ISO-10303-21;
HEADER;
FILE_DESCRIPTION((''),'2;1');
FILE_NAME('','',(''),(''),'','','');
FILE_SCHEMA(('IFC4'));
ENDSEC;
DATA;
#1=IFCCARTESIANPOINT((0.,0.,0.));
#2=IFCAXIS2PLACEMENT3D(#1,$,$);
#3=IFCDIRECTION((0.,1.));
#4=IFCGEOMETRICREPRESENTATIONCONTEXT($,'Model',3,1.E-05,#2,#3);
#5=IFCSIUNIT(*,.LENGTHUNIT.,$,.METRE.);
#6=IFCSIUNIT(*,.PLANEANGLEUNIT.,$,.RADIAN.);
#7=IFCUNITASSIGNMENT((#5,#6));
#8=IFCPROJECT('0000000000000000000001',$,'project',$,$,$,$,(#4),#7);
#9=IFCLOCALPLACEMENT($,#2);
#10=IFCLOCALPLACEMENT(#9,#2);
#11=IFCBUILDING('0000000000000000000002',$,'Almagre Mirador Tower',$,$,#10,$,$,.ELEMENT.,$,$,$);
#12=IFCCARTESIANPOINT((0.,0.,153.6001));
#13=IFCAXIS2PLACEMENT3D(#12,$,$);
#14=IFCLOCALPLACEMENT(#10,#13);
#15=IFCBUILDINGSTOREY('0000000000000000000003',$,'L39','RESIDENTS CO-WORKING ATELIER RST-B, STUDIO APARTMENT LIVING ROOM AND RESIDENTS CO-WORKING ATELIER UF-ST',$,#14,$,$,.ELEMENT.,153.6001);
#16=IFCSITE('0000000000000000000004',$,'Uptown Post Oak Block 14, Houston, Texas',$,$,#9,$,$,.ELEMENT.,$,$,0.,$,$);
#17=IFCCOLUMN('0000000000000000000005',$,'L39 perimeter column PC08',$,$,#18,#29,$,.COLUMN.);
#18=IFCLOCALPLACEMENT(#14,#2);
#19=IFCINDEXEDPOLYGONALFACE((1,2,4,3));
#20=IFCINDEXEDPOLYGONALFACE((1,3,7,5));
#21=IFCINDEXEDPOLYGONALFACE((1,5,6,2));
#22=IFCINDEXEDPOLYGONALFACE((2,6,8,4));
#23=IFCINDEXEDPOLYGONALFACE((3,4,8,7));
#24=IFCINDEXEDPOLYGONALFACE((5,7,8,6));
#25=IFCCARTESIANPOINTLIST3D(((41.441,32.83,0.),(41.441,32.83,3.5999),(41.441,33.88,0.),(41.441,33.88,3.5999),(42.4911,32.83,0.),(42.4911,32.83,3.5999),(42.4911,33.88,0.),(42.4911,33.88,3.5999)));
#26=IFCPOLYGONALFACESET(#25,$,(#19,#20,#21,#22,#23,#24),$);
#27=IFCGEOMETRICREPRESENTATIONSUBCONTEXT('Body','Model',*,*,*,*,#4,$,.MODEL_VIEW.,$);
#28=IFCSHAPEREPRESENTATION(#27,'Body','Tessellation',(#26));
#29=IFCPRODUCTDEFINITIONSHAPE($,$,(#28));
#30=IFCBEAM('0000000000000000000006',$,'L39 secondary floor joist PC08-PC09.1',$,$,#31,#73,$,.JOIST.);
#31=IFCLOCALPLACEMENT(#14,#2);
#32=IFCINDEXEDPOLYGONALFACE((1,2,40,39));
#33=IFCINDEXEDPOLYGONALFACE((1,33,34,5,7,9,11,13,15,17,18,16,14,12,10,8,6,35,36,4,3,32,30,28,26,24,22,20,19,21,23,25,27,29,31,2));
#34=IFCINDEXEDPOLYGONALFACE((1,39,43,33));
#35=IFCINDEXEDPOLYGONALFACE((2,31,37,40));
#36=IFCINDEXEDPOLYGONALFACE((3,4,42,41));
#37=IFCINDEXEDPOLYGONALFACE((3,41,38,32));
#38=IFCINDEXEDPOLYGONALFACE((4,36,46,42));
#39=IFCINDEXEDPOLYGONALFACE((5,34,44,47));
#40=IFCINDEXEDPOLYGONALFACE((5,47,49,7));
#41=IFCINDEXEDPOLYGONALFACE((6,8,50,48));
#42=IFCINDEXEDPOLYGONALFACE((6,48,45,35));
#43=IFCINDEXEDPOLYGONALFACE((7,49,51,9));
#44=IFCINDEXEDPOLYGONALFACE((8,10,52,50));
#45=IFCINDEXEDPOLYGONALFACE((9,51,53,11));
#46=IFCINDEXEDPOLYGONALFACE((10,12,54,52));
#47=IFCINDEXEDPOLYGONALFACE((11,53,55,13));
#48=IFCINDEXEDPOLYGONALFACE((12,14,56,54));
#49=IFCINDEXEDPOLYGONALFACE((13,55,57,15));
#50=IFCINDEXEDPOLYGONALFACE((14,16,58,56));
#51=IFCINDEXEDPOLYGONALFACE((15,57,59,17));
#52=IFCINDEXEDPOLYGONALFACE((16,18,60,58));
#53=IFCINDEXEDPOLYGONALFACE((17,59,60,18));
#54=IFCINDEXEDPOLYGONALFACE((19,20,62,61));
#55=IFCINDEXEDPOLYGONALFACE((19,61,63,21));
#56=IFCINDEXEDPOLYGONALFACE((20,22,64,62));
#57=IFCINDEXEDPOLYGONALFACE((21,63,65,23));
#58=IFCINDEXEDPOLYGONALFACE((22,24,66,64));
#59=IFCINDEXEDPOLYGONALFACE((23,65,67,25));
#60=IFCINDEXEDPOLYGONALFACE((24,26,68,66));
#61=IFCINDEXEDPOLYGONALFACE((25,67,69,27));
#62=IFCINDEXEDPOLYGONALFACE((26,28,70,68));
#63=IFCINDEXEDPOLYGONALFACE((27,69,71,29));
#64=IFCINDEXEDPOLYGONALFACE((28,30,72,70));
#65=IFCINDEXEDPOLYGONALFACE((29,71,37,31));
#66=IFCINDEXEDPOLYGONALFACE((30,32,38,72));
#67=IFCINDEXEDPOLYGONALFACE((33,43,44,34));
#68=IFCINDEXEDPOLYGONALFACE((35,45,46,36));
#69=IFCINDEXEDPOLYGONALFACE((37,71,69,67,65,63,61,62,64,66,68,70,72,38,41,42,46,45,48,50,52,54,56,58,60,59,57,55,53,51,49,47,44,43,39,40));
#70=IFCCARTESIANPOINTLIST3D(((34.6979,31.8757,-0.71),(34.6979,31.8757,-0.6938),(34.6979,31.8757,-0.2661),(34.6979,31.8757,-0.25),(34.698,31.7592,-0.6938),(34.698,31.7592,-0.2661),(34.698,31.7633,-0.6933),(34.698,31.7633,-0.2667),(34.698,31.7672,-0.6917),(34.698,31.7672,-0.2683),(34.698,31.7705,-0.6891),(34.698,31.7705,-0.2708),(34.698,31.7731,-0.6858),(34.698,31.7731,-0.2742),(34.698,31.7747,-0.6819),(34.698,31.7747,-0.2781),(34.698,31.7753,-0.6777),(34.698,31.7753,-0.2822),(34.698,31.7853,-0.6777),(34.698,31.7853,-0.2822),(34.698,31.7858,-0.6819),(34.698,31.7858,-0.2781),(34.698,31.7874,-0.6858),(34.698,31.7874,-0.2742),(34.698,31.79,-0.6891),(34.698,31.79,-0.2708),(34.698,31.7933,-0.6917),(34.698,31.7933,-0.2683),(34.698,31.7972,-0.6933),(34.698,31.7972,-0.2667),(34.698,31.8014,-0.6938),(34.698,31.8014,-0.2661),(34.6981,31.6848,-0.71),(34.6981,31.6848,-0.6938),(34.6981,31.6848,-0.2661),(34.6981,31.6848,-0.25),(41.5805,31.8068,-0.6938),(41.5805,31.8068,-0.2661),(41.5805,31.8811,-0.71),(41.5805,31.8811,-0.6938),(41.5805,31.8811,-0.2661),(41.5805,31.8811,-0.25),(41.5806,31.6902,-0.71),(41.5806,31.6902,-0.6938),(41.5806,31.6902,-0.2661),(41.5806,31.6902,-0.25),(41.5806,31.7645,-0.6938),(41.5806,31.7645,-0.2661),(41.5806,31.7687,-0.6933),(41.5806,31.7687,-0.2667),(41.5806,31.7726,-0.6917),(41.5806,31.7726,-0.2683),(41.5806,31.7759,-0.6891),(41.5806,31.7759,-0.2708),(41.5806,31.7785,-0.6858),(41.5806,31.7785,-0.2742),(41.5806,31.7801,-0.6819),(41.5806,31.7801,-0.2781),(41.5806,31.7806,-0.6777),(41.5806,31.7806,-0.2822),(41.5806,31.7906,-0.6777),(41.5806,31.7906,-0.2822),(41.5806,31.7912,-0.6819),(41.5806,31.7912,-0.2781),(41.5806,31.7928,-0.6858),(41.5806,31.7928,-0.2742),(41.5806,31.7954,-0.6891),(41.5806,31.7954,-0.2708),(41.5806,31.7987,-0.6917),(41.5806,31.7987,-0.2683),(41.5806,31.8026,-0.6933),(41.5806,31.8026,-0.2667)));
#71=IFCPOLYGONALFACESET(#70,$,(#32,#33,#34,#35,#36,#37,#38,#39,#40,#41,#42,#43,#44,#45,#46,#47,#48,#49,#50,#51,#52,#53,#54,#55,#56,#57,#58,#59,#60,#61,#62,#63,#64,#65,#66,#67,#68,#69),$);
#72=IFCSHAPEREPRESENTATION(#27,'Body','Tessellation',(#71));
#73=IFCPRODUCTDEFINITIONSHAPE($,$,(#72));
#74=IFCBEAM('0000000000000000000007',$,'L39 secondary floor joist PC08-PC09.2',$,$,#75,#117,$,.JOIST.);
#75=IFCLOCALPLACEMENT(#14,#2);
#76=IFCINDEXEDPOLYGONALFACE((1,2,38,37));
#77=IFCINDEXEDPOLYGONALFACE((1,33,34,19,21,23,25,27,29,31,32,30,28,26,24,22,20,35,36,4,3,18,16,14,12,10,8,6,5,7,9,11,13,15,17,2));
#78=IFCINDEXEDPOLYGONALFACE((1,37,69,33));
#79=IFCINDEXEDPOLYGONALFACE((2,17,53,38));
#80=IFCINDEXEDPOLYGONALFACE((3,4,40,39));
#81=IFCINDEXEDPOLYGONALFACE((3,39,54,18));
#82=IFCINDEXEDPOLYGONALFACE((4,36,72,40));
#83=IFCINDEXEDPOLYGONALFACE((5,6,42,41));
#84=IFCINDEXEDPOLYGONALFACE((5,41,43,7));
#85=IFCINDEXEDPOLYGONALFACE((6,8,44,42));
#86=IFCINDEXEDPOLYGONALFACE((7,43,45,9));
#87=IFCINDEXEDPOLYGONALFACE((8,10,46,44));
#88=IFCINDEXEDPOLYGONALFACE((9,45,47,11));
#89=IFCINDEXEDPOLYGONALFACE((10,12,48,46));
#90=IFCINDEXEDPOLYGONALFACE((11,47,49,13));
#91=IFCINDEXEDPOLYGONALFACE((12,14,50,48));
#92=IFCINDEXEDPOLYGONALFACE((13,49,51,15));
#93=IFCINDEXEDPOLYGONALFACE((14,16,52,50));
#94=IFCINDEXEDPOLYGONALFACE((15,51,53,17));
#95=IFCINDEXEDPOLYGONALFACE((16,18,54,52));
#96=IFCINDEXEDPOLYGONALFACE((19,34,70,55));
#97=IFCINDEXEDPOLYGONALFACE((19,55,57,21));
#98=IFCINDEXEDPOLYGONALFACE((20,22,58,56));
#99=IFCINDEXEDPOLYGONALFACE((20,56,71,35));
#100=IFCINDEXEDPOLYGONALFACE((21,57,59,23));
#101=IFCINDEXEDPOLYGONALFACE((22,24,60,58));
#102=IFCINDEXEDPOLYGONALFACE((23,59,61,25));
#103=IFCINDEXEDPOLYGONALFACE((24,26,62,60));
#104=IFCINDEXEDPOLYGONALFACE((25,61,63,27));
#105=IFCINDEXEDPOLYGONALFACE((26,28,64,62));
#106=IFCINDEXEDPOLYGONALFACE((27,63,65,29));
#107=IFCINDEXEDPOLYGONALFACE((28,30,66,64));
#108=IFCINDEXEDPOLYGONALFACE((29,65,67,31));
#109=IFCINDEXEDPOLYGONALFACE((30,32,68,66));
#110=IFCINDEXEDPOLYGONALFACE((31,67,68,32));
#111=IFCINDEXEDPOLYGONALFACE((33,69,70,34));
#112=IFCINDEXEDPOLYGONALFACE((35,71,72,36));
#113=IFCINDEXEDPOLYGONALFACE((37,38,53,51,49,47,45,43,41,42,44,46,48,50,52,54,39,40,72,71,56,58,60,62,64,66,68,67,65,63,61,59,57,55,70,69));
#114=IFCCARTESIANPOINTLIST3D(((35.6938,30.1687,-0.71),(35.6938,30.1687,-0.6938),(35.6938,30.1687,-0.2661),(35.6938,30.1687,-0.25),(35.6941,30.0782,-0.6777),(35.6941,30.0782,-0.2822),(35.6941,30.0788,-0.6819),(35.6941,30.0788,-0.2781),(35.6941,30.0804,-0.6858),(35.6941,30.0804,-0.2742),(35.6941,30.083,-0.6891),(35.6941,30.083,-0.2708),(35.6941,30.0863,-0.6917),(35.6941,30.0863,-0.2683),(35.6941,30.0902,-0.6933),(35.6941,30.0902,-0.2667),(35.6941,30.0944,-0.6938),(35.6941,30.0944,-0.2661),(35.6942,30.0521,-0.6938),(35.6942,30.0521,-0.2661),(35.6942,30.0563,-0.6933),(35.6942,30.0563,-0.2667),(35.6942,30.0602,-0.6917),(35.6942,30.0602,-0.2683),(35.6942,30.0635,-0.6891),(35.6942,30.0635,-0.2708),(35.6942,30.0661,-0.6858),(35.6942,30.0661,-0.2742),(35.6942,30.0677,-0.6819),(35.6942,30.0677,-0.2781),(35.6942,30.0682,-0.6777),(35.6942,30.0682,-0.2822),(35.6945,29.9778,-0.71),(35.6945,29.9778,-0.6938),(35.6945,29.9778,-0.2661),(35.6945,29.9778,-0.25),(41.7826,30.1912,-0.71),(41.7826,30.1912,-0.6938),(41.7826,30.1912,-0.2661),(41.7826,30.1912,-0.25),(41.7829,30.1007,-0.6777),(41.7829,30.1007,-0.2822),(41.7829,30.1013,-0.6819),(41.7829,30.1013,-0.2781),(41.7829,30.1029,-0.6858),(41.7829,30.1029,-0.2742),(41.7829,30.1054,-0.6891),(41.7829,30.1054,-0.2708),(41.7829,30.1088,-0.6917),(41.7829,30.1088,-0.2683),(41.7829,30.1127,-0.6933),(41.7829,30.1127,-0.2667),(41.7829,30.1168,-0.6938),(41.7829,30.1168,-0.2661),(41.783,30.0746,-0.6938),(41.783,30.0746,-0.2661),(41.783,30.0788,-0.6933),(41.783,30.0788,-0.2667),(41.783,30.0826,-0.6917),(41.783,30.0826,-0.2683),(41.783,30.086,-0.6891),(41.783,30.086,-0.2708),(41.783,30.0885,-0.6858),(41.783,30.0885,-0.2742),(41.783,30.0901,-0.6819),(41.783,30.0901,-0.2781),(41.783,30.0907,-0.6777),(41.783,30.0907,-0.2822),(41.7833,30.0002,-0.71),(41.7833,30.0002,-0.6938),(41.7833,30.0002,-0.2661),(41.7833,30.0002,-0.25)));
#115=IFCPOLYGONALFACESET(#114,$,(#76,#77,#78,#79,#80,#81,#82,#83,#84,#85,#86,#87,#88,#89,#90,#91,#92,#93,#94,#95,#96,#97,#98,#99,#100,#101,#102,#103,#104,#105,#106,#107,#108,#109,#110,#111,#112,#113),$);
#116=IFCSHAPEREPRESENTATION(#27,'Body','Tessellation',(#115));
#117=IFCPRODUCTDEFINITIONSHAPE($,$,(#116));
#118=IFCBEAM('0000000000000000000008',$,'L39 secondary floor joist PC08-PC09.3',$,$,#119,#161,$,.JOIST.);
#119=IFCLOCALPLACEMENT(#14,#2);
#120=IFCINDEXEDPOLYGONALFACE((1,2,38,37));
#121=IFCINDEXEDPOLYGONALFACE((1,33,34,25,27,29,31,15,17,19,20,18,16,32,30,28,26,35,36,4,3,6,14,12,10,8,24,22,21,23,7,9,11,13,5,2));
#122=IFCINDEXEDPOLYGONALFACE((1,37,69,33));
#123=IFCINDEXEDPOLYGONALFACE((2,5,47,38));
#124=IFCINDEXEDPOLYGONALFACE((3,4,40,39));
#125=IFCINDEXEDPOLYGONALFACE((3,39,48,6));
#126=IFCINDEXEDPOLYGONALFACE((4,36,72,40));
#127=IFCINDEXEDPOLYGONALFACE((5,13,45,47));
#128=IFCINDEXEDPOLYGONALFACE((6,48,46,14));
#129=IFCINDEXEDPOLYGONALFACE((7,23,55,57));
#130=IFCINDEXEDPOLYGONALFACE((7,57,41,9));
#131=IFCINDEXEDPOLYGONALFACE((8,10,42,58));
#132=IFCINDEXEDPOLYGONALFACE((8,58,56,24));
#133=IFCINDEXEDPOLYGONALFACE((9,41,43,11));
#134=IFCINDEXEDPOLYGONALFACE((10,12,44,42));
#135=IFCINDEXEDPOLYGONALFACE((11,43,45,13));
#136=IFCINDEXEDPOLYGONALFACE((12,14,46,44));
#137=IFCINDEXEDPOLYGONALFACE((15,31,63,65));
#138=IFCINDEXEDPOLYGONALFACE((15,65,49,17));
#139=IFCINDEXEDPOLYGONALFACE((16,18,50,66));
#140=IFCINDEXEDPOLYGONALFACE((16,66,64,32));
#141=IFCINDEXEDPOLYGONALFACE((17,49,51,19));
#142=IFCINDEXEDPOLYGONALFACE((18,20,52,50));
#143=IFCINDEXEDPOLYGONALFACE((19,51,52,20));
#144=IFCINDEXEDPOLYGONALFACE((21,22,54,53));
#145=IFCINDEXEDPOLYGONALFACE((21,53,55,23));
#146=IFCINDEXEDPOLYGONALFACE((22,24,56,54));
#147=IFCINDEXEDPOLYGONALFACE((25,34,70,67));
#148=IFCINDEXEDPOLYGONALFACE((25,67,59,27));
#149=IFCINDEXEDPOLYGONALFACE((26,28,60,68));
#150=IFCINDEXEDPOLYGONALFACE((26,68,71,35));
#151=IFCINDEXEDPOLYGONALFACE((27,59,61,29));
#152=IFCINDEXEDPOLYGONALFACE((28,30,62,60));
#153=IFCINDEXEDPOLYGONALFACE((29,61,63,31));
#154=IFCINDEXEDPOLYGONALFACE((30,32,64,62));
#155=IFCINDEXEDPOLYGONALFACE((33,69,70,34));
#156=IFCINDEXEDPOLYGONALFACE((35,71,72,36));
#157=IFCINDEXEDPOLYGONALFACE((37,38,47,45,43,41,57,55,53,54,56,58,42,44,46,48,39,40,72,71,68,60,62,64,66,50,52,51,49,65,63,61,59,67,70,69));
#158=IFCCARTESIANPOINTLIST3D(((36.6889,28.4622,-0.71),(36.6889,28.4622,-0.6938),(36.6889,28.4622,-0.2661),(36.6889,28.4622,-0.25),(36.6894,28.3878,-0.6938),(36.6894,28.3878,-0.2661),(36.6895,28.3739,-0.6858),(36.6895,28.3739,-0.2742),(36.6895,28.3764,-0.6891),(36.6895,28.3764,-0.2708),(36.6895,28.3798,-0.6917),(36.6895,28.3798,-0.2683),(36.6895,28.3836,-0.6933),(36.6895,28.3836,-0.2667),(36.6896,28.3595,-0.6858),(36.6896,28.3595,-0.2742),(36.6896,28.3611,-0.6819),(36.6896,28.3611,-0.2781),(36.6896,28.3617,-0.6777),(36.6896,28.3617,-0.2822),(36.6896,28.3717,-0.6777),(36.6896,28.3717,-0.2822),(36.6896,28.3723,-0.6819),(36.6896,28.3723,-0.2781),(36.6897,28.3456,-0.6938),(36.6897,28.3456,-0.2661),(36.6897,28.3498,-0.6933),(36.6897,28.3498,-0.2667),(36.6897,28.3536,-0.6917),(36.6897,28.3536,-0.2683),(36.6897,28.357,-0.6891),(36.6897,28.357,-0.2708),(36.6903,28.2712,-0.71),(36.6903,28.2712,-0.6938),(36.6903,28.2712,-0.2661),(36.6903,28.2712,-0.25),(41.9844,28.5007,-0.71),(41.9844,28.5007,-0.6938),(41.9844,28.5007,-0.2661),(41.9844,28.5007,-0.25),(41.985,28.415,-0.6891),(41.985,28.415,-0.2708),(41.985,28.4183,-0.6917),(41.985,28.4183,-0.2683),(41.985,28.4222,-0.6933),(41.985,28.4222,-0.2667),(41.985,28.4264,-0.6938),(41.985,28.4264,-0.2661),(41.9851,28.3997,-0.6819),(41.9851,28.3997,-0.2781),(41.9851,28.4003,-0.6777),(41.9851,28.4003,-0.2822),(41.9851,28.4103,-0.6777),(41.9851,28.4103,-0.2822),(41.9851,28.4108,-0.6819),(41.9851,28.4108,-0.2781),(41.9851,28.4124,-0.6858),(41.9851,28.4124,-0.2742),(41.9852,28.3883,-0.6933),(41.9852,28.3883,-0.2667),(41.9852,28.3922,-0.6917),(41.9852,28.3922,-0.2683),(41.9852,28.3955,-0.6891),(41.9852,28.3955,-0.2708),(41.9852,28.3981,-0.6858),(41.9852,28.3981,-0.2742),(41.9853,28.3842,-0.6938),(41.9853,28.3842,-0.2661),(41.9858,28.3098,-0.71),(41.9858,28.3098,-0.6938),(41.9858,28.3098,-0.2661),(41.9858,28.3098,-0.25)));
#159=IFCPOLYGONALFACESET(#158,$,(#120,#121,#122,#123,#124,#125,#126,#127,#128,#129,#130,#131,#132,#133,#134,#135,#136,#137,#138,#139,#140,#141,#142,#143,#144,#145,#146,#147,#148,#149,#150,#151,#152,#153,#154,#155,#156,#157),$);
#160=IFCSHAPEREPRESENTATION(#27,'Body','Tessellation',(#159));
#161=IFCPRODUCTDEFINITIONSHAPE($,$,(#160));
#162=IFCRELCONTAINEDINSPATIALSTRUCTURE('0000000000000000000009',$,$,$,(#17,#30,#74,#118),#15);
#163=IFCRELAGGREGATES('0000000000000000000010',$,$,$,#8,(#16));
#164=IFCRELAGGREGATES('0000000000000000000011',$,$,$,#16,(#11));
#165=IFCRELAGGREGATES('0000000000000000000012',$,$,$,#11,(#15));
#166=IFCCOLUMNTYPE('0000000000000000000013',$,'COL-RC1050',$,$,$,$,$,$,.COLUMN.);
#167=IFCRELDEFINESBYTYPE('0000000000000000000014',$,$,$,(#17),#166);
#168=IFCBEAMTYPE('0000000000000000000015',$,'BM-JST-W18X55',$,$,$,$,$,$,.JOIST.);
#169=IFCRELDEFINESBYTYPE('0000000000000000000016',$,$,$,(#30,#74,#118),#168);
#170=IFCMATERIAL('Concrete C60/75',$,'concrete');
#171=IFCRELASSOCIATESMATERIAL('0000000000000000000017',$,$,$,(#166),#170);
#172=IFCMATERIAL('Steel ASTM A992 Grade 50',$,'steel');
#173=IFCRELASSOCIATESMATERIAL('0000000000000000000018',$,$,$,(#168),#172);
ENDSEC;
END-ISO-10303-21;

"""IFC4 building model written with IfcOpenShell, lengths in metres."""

from ifc_helpers import new_model, si_unit, direction, frame, origin, origin_2d, place, context, subcontext, project, spatial, rectangle, i_section, extrude, material, material_profile, profile_set, type_object, element, save


model = new_model("IFC4")

# Units and contexts
model_context = context("Model", 3, precision=1e-05, world=origin(), true_north=direction((0.0, 1.0)))
body_context = subcontext(model_context, "Body", "Model", "MODEL_VIEW")
ifc_project = project(units=[si_unit("LENGTHUNIT", "METRE"), si_unit("PLANEANGLEUNIT", "RADIAN")], contexts=[model_context])

# Site, building, storey
site_placement = place(None, origin())
site = spatial("IfcSite", under=ifc_project, at=site_placement, Name="Uptown Post Oak Block 14, Houston, Texas", CompositionType="ELEMENT", RefElevation=0.0)
building_placement = place(site_placement, origin())
building = spatial("IfcBuilding", under=site, at=building_placement, Name="Almagre Mirador Tower", CompositionType="ELEMENT")
storey_placement = place(building_placement, frame((0.0, 0.0, 153.6001)))
storey = spatial("IfcBuildingStorey", under=building, at=storey_placement, Name="L39", Description="RESIDENTS CO-WORKING ATELIER RST-B, STUDIO APARTMENT LIVING ROOM AND RESIDENTS CO-WORKING ATELIER UF-ST", CompositionType="ELEMENT", Elevation=153.6001)

# Column
ifc_material_1 = material(Name="Concrete C60/75", Category="concrete")
ifc_material_profile_1 = material_profile(ifc_material_1, rectangle(XDim=1.05, YDim=1.05, at=origin_2d()), Name="RC1050X1050")
ifc_profile_set_1 = profile_set([ifc_material_profile_1], Name="Concrete C60/75")
column_type = type_object("IfcColumnType", Name="COL-RC1050", PredefinedType="COLUMN", material=ifc_profile_set_1)
column_placement = place(storey_placement, frame((41.9661, 33.355, 0.0), z_axis=(0.0, 0.0, 1.0), x_axis=(1.0, 0.0, 0.0)))
element("IfcColumn", 1, at=column_placement, inside=storey, type_object=column_type, Name="L39 perimeter column PC08", PredefinedType="COLUMN", context=body_context, shape_type="SweptSolid", body=[
    extrude(rectangle(XDim=1.05, YDim=1.05, at=origin_2d()), origin(), (0.0, 0.0, 1.0), 3.5999),
])

# Beams
ifc_material_2 = material(Name="Steel ASTM A992 Grade 50", Category="steel")
ifc_material_profile_2 = material_profile(ifc_material_2, i_section(OverallWidth=0.1909, OverallDepth=0.46, WebThickness=0.01, FlangeThickness=0.0161, FilletRadius=0.0161, at=origin_2d()), Name="W18X55")
ifc_profile_set_2 = profile_set([ifc_material_profile_2], Name="Steel ASTM A992 Grade 50")
beam_type_1 = type_object("IfcBeamType", Name="BM-JST-W18X55", PredefinedType="JOIST", material=ifc_profile_set_2)
beam_1_placement = place(storey_placement, frame((41.5806, 31.7856, -0.48), z_axis=(-1.0, -0.00078, 0.0), x_axis=(0.00078, -1.0, 0.0)))
element("IfcBeam", 2, at=beam_1_placement, inside=storey, type_object=beam_type_1, Name="L39 secondary floor joist PC08-PC09.1", PredefinedType="JOIST", context=body_context, shape_type="SweptSolid", body=[
    extrude(i_section(OverallWidth=0.1909, OverallDepth=0.46, WebThickness=0.01, FlangeThickness=0.0161, FilletRadius=0.0161, at=origin_2d()), origin(), (0.0, 0.0, 1.0), 6.8826),
])
beam_2_placement = place(storey_placement, frame((41.783, 30.0957, -0.48), z_axis=(-0.999993, -0.003689, 0.0), x_axis=(0.003689, -0.999993, 0.0)))
element("IfcBeam", 3, at=beam_2_placement, inside=storey, type_object=beam_type_1, Name="L39 secondary floor joist PC08-PC09.2", PredefinedType="JOIST", context=body_context, shape_type="SweptSolid", body=[
    extrude(i_section(OverallWidth=0.1909, OverallDepth=0.46, WebThickness=0.01, FlangeThickness=0.0161, FilletRadius=0.0161, at=origin_2d()), origin(), (0.0, 0.0, 1.0), 6.0889),
])
beam_3_placement = place(storey_placement, frame((41.9851, 28.4053, -0.48), z_axis=(-0.999973, -0.007284, 0.0), x_axis=(0.007284, -0.999973, 0.0)))
element("IfcBeam", 4, at=beam_3_placement, inside=storey, type_object=beam_type_1, Name="L39 secondary floor joist PC08-PC09.3", PredefinedType="JOIST", context=body_context, shape_type="SweptSolid", body=[
    extrude(i_section(OverallWidth=0.1909, OverallDepth=0.46, WebThickness=0.01, FlangeThickness=0.0161, FilletRadius=0.0161, at=origin_2d()), origin(), (0.0, 0.0, 1.0), 5.2957),
])

save(model, "model.ifc")
